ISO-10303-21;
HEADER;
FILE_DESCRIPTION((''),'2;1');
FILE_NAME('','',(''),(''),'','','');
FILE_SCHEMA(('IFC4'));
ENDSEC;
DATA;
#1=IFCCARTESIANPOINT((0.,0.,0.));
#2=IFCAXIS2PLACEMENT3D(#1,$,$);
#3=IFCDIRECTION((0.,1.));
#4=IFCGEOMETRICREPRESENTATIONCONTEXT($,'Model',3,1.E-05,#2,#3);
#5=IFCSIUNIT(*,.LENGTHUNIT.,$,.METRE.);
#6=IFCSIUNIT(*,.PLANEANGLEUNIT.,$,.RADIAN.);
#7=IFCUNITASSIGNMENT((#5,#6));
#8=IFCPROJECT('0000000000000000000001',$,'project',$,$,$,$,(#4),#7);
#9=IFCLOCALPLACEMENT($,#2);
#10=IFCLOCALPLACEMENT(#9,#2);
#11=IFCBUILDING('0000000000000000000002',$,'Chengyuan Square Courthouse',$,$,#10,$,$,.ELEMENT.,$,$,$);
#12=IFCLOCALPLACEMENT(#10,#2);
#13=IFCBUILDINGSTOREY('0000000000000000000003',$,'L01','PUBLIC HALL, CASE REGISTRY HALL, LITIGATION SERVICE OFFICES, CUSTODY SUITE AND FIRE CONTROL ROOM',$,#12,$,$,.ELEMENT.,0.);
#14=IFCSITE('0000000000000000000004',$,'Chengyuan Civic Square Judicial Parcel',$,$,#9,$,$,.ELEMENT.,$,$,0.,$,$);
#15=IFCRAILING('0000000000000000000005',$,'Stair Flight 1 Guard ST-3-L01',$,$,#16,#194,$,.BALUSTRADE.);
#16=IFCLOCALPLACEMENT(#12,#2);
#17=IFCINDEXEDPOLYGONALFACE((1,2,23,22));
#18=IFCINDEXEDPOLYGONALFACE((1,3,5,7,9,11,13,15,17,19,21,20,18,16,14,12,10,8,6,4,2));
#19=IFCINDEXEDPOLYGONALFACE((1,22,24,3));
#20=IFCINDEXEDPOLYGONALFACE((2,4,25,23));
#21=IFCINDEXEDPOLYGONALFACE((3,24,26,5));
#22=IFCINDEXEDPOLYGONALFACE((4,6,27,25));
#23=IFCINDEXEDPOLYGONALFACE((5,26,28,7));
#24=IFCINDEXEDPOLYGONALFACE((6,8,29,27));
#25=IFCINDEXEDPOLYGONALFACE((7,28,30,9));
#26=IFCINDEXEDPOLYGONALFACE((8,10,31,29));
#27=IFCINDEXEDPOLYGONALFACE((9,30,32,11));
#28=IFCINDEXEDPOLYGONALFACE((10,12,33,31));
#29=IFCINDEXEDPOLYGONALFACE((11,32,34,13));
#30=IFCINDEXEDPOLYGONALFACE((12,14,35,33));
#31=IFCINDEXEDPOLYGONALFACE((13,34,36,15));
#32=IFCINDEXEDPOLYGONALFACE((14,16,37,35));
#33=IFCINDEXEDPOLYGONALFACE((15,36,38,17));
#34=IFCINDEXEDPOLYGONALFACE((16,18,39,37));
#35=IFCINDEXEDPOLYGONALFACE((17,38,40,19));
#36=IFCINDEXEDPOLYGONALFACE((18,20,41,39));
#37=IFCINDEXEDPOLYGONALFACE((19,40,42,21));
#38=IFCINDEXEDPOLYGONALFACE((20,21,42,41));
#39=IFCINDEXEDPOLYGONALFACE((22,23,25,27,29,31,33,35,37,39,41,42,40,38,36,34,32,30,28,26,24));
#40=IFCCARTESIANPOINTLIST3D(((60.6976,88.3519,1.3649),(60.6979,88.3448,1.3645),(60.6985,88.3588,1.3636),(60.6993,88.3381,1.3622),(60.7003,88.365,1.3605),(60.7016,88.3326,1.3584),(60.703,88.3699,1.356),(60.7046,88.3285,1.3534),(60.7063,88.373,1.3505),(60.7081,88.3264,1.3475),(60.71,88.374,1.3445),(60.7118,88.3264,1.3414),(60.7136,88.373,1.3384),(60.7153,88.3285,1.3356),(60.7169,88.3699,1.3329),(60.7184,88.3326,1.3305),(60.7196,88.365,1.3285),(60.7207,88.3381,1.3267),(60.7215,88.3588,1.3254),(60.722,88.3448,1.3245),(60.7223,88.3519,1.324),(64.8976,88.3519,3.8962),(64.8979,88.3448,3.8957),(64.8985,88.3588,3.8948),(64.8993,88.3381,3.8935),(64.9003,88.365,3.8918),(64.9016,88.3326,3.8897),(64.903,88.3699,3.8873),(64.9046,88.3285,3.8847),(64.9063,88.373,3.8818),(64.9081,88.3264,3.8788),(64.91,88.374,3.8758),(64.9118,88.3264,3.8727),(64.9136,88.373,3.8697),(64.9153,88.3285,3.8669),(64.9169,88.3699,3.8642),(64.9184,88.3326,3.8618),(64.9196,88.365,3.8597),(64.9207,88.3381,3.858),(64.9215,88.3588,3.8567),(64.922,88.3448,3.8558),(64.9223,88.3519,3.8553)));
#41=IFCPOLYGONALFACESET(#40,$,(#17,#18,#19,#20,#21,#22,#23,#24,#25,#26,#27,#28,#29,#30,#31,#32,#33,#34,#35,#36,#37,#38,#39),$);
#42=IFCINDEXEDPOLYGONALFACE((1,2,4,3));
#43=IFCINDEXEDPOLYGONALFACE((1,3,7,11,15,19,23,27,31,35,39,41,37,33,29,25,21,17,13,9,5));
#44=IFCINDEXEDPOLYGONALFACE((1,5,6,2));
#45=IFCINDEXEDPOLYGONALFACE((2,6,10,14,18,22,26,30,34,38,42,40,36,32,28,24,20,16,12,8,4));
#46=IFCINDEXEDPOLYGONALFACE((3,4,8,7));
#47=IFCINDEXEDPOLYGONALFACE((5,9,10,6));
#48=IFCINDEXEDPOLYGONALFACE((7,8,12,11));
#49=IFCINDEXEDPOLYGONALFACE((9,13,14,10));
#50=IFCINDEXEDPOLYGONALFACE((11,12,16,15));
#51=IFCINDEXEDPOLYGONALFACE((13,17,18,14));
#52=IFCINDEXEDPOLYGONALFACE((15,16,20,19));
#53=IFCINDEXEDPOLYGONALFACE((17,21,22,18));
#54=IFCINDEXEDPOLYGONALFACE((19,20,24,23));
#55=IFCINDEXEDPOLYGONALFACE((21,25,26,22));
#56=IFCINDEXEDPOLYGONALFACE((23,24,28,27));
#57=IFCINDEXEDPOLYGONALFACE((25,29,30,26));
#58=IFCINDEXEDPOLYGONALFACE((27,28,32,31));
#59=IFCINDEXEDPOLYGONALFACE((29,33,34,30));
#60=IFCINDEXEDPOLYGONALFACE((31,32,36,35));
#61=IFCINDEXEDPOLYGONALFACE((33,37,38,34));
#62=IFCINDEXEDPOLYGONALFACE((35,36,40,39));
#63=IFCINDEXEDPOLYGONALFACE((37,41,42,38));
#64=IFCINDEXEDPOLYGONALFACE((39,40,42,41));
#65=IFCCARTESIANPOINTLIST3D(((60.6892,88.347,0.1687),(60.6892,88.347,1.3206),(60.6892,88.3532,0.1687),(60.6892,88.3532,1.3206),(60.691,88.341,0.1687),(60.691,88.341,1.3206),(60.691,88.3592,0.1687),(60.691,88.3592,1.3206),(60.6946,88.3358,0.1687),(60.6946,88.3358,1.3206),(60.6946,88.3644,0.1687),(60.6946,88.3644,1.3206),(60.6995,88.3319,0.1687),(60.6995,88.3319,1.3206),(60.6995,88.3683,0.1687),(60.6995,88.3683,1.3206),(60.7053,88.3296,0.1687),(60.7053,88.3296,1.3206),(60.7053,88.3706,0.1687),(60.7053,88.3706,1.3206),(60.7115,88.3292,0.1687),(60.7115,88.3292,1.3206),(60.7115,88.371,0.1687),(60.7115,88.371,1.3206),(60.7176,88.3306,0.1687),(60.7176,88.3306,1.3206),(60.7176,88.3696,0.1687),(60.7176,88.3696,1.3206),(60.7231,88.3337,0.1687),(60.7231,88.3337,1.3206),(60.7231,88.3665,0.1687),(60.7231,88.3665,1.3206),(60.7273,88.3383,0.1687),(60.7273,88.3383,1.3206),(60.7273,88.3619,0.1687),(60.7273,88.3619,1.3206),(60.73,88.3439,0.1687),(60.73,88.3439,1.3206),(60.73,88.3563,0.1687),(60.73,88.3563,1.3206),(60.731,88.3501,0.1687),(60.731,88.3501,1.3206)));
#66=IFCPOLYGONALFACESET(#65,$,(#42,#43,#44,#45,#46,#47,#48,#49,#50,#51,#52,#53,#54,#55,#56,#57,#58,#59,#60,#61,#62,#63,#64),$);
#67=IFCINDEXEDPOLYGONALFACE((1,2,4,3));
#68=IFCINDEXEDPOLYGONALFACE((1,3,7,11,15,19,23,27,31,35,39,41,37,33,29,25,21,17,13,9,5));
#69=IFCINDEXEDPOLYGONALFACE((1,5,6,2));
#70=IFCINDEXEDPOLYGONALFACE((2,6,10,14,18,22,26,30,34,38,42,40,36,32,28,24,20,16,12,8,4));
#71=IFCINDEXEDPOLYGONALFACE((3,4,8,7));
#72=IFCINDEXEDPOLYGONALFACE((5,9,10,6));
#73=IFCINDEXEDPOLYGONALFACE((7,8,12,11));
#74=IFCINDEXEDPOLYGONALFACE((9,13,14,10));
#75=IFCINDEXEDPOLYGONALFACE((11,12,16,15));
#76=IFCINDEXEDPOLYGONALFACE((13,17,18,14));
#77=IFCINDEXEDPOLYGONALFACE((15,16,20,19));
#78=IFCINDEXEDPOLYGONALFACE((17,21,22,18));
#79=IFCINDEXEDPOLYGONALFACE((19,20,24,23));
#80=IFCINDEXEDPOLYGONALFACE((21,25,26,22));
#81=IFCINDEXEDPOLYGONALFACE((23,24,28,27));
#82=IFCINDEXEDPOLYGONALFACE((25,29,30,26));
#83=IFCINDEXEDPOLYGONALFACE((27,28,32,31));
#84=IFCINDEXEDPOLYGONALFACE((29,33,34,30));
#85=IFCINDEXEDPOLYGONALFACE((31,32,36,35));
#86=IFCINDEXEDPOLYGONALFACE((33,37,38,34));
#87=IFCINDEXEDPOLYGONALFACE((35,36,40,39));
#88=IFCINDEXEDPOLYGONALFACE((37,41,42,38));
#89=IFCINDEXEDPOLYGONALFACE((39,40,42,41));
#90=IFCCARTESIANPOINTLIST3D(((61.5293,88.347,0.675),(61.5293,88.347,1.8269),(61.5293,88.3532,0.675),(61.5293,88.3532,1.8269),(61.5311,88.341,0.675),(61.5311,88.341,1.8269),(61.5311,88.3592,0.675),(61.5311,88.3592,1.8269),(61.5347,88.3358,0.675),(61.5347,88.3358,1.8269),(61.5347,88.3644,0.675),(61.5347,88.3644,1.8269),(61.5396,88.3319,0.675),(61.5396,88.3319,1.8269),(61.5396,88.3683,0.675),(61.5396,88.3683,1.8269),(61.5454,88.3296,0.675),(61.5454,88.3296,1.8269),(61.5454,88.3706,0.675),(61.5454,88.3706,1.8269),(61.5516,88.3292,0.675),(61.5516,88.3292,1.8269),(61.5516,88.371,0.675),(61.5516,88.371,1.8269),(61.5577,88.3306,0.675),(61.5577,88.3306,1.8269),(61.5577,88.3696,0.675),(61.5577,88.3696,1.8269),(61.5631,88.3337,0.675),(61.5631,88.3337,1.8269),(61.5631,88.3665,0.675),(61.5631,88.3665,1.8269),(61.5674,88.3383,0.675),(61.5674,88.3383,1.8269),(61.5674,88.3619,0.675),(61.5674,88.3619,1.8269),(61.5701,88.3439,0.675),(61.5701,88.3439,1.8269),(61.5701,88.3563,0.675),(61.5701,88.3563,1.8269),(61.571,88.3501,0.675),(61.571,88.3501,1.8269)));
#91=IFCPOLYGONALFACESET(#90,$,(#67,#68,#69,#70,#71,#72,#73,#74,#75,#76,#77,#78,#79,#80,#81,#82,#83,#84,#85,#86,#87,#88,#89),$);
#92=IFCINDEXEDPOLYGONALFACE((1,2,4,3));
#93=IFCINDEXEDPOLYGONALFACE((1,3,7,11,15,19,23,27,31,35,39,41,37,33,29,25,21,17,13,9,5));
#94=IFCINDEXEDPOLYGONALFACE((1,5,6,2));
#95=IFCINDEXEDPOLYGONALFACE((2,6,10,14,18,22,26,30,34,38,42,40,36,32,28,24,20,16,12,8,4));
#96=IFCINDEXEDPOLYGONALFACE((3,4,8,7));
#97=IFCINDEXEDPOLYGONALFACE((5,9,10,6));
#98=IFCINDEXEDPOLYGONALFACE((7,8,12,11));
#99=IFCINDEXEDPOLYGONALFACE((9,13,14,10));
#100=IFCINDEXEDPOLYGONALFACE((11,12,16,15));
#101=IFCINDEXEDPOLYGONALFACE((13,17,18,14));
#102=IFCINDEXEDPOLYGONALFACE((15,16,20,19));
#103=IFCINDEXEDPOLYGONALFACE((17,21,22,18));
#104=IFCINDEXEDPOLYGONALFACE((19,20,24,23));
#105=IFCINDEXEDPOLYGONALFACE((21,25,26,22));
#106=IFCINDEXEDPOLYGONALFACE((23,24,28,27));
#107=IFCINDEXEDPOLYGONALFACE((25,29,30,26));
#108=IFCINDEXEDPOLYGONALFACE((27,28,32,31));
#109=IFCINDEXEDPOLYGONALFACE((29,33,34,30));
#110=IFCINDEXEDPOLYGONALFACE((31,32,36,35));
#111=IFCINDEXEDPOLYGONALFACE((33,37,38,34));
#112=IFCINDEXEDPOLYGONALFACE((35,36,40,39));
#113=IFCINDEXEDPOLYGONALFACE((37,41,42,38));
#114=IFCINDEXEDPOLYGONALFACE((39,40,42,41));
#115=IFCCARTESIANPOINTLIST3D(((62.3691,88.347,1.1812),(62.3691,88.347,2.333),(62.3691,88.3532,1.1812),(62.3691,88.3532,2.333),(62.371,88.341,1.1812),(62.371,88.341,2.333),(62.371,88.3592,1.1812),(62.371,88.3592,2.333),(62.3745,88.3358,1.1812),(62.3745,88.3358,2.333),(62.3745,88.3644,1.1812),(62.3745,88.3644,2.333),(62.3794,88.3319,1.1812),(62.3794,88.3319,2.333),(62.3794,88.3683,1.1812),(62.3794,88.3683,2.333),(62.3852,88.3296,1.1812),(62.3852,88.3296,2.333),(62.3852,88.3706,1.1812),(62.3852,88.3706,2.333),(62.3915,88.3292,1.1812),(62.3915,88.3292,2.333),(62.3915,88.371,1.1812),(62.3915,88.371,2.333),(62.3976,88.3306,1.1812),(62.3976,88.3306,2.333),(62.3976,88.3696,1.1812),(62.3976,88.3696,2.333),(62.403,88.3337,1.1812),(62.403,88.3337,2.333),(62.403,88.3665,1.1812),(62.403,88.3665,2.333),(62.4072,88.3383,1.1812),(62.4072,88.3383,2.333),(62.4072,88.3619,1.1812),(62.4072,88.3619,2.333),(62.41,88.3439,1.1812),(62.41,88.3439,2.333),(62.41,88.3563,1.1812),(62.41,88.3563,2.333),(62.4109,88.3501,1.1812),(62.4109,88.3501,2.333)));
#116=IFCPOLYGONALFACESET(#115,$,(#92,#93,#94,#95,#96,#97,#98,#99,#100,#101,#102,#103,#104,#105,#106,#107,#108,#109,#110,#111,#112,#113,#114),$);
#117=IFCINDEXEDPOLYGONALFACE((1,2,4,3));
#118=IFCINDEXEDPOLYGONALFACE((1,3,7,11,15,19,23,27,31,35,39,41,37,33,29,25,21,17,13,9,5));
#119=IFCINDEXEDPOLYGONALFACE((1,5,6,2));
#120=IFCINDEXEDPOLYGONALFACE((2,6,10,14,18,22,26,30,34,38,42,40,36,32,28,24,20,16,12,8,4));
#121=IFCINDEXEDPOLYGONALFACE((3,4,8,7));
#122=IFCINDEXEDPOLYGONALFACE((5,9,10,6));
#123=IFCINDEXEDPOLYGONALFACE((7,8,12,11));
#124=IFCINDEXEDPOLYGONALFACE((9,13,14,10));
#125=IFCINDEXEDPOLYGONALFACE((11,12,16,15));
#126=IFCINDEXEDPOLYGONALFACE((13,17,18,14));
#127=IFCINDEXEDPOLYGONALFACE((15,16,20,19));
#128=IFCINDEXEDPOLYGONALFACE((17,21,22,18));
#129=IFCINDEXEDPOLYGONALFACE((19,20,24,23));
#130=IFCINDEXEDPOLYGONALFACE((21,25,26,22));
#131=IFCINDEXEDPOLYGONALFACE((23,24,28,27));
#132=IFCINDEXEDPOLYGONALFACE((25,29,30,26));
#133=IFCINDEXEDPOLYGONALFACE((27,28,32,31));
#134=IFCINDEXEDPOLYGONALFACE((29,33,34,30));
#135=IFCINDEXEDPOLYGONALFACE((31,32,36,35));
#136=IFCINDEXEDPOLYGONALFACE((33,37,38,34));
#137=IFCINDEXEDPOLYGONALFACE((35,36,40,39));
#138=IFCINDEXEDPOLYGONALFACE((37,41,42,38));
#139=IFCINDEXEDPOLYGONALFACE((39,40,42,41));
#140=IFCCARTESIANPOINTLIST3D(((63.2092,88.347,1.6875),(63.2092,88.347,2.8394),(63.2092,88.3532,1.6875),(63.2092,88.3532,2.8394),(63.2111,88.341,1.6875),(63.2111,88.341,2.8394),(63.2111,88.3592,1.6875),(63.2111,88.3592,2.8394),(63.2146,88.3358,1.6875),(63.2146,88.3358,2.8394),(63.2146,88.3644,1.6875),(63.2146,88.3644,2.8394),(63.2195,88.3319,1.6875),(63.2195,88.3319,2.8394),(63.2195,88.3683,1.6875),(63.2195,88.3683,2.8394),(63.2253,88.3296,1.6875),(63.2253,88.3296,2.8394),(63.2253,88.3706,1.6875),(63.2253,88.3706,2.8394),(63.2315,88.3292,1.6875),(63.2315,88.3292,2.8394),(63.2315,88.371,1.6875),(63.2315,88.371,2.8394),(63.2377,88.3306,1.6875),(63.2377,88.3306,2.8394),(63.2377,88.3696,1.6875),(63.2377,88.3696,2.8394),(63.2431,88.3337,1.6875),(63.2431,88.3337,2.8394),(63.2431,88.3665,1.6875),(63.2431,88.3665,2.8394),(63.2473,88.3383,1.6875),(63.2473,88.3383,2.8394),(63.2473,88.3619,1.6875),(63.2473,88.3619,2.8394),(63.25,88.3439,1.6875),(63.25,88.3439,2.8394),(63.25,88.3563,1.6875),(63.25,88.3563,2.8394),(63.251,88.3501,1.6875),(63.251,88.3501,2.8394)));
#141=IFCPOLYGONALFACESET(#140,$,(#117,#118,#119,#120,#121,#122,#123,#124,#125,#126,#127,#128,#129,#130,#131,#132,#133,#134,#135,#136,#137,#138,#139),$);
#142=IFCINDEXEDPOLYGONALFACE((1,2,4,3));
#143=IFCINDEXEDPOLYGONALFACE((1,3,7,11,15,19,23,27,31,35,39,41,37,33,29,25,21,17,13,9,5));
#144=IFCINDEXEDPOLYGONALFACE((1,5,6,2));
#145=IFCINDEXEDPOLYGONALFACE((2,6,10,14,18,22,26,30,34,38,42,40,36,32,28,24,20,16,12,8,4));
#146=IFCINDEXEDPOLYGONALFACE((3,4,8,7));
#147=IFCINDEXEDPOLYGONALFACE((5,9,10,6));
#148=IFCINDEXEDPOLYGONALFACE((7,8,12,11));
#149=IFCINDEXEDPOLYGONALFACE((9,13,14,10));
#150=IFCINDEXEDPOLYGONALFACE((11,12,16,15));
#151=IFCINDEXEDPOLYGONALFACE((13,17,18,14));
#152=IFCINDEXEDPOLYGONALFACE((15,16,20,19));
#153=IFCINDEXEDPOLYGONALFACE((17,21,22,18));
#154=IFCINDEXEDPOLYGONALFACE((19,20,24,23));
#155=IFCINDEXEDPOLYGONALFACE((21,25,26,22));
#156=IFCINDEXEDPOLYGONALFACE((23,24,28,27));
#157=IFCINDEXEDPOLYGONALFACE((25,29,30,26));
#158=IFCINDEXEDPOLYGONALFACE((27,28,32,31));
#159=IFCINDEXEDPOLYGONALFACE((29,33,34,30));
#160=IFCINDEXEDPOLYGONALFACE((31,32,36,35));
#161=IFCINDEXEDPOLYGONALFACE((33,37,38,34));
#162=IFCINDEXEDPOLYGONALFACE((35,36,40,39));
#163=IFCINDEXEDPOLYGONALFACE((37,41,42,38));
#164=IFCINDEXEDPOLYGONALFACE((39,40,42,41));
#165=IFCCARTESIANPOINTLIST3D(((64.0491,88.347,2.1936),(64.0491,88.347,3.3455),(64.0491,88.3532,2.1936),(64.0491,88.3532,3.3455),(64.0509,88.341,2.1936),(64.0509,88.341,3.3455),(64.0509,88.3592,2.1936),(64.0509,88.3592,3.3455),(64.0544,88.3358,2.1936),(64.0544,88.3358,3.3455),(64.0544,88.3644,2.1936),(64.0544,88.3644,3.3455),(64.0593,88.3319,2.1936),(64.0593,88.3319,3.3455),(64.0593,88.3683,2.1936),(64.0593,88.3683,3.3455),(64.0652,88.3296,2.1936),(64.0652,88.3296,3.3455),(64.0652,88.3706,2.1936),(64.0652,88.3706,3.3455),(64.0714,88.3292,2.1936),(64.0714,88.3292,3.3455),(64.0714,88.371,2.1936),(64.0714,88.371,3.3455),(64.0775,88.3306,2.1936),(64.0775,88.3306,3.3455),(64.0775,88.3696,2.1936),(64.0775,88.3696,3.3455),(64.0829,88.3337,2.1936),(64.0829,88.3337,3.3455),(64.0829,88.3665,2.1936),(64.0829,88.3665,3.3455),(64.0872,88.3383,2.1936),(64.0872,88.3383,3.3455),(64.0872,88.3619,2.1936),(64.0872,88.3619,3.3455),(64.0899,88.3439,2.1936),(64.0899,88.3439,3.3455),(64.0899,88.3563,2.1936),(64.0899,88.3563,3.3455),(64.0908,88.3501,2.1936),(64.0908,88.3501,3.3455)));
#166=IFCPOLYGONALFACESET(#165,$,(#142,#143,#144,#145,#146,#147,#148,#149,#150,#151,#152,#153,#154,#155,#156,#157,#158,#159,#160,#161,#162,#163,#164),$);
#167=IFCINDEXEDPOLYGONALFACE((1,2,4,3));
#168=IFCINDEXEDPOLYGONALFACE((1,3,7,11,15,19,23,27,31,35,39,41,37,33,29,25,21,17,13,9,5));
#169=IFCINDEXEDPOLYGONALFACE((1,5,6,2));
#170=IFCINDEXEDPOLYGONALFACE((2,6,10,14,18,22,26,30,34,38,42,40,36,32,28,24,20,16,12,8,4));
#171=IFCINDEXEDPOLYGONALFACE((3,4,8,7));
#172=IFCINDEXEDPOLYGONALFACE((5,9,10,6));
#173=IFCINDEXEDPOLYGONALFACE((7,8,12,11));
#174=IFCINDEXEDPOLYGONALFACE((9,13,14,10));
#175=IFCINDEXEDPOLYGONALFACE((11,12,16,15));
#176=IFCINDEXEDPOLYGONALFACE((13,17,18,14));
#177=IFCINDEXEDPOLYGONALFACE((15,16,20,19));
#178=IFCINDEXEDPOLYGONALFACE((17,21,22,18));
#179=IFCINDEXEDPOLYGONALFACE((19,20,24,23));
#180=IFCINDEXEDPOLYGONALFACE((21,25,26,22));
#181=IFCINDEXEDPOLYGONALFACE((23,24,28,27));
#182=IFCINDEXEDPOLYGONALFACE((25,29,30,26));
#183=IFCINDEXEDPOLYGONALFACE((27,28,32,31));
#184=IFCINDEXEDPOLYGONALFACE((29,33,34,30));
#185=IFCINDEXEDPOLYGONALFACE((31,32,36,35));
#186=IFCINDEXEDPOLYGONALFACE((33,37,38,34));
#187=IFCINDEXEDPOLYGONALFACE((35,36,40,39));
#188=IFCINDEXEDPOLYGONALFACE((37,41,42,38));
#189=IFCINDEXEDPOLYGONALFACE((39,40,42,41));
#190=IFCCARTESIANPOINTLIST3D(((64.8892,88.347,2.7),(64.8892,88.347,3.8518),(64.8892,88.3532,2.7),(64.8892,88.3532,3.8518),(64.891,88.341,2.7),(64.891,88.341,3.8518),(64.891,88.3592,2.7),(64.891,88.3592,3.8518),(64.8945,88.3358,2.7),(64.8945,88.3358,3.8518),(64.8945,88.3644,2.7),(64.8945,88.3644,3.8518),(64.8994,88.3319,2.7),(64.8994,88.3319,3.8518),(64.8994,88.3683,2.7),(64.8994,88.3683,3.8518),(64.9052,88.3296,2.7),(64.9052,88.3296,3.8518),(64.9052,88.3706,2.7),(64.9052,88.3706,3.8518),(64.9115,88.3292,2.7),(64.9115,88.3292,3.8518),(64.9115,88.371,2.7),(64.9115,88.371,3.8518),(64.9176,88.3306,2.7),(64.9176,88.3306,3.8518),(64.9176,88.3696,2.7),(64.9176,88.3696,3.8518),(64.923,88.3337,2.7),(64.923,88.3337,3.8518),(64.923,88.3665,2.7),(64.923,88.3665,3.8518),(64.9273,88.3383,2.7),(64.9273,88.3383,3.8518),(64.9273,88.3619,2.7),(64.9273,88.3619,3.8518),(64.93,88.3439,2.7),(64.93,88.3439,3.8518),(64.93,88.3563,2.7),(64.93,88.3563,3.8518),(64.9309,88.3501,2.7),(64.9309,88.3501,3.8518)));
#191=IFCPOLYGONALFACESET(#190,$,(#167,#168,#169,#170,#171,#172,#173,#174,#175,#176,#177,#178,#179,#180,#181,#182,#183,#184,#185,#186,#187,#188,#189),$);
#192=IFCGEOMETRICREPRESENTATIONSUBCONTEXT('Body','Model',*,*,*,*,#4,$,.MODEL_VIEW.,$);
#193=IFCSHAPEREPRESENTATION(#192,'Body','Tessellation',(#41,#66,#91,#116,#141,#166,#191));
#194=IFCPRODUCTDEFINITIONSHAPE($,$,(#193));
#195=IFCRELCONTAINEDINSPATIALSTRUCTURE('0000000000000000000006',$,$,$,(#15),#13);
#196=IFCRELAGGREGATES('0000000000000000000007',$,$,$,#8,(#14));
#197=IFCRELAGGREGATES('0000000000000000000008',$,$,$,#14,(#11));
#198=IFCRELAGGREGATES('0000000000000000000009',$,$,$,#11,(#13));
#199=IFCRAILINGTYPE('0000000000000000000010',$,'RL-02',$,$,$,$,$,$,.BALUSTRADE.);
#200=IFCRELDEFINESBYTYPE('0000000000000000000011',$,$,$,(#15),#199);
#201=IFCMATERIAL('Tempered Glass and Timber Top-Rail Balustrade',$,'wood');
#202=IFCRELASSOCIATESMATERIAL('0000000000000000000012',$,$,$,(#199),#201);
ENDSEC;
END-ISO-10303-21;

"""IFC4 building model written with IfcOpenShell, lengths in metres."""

from ifc_helpers import new_model, si_unit, direction, frame, origin, origin_2d, place, context, subcontext, project, spatial, circle, extrude, material, type_object, element, save


model = new_model("IFC4")

# Units and contexts
model_context = context("Model", 3, precision=1e-05, world=origin(), true_north=direction((0.0, 1.0)))
body_context = subcontext(model_context, "Body", "Model", "MODEL_VIEW")
ifc_project = project(units=[si_unit("LENGTHUNIT", "METRE"), si_unit("PLANEANGLEUNIT", "RADIAN")], contexts=[model_context])

# Site, building, storey
site_placement = place(None, origin())
site = spatial("IfcSite", under=ifc_project, at=site_placement, Name="Chengyuan Civic Square Judicial Parcel", CompositionType="ELEMENT", RefElevation=0.0)
building_placement = place(site_placement, origin())
building = spatial("IfcBuilding", under=site, at=building_placement, Name="Chengyuan Square Courthouse", CompositionType="ELEMENT")
storey_placement = place(building_placement, origin())
storey = spatial("IfcBuildingStorey", under=building, at=storey_placement, Name="L01", Description="PUBLIC HALL, CASE REGISTRY HALL, LITIGATION SERVICE OFFICES, CUSTODY SUITE AND FIRE CONTROL ROOM", CompositionType="ELEMENT", Elevation=0.0)

# Railing
ifc_material_1 = material(Name="Tempered Glass and Timber Top-Rail Balustrade", Category="wood")
railing_type_1 = type_object("IfcRailingType", Name="RL-02", PredefinedType="BALUSTRADE", material=ifc_material_1)
railing_1_placement = place(storey_placement, frame((60.71, 88.3501, 0.1687)))
element("IfcRailing", 1, at=railing_1_placement, inside=storey, type_object=railing_type_1, Name="Stair Flight 1 Guard ST-3-L01", PredefinedType="BALUSTRADE", context=body_context, shape_type="SweptSolid", body=[
    extrude(circle(Radius=0.0239, at=origin_2d()), frame((0.0, 0.0, 1.1758), z_axis=(0.856476, 0.0, 0.516186), x_axis=(0.0, 1.0, 0.0)), (0.0, 0.0, 1.0), 4.9038),
    extrude(circle(Radius=0.021, at=origin_2d()), origin(), (0.0, 0.0, 1.0), 1.1519),
    extrude(circle(Radius=0.021, at=origin_2d()), frame((0.8401, 0.0, 0.5063)), (0.0, 0.0, 1.0), 1.1519),
    extrude(circle(Radius=0.021, at=origin_2d()), frame((1.6799, 0.0, 1.0125)), (0.0, 0.0, 1.0), 1.1519),
    extrude(circle(Radius=0.021, at=origin_2d()), frame((2.52, 0.0, 1.5188)), (0.0, 0.0, 1.0), 1.1519),
    extrude(circle(Radius=0.021, at=origin_2d()), frame((3.3599, 0.0, 2.0249)), (0.0, 0.0, 1.0), 1.1519),
    extrude(circle(Radius=0.021, at=origin_2d()), frame((4.2, 0.0, 2.5312)), (0.0, 0.0, 1.0), 1.1519),
])

save(model, "model.ifc")
